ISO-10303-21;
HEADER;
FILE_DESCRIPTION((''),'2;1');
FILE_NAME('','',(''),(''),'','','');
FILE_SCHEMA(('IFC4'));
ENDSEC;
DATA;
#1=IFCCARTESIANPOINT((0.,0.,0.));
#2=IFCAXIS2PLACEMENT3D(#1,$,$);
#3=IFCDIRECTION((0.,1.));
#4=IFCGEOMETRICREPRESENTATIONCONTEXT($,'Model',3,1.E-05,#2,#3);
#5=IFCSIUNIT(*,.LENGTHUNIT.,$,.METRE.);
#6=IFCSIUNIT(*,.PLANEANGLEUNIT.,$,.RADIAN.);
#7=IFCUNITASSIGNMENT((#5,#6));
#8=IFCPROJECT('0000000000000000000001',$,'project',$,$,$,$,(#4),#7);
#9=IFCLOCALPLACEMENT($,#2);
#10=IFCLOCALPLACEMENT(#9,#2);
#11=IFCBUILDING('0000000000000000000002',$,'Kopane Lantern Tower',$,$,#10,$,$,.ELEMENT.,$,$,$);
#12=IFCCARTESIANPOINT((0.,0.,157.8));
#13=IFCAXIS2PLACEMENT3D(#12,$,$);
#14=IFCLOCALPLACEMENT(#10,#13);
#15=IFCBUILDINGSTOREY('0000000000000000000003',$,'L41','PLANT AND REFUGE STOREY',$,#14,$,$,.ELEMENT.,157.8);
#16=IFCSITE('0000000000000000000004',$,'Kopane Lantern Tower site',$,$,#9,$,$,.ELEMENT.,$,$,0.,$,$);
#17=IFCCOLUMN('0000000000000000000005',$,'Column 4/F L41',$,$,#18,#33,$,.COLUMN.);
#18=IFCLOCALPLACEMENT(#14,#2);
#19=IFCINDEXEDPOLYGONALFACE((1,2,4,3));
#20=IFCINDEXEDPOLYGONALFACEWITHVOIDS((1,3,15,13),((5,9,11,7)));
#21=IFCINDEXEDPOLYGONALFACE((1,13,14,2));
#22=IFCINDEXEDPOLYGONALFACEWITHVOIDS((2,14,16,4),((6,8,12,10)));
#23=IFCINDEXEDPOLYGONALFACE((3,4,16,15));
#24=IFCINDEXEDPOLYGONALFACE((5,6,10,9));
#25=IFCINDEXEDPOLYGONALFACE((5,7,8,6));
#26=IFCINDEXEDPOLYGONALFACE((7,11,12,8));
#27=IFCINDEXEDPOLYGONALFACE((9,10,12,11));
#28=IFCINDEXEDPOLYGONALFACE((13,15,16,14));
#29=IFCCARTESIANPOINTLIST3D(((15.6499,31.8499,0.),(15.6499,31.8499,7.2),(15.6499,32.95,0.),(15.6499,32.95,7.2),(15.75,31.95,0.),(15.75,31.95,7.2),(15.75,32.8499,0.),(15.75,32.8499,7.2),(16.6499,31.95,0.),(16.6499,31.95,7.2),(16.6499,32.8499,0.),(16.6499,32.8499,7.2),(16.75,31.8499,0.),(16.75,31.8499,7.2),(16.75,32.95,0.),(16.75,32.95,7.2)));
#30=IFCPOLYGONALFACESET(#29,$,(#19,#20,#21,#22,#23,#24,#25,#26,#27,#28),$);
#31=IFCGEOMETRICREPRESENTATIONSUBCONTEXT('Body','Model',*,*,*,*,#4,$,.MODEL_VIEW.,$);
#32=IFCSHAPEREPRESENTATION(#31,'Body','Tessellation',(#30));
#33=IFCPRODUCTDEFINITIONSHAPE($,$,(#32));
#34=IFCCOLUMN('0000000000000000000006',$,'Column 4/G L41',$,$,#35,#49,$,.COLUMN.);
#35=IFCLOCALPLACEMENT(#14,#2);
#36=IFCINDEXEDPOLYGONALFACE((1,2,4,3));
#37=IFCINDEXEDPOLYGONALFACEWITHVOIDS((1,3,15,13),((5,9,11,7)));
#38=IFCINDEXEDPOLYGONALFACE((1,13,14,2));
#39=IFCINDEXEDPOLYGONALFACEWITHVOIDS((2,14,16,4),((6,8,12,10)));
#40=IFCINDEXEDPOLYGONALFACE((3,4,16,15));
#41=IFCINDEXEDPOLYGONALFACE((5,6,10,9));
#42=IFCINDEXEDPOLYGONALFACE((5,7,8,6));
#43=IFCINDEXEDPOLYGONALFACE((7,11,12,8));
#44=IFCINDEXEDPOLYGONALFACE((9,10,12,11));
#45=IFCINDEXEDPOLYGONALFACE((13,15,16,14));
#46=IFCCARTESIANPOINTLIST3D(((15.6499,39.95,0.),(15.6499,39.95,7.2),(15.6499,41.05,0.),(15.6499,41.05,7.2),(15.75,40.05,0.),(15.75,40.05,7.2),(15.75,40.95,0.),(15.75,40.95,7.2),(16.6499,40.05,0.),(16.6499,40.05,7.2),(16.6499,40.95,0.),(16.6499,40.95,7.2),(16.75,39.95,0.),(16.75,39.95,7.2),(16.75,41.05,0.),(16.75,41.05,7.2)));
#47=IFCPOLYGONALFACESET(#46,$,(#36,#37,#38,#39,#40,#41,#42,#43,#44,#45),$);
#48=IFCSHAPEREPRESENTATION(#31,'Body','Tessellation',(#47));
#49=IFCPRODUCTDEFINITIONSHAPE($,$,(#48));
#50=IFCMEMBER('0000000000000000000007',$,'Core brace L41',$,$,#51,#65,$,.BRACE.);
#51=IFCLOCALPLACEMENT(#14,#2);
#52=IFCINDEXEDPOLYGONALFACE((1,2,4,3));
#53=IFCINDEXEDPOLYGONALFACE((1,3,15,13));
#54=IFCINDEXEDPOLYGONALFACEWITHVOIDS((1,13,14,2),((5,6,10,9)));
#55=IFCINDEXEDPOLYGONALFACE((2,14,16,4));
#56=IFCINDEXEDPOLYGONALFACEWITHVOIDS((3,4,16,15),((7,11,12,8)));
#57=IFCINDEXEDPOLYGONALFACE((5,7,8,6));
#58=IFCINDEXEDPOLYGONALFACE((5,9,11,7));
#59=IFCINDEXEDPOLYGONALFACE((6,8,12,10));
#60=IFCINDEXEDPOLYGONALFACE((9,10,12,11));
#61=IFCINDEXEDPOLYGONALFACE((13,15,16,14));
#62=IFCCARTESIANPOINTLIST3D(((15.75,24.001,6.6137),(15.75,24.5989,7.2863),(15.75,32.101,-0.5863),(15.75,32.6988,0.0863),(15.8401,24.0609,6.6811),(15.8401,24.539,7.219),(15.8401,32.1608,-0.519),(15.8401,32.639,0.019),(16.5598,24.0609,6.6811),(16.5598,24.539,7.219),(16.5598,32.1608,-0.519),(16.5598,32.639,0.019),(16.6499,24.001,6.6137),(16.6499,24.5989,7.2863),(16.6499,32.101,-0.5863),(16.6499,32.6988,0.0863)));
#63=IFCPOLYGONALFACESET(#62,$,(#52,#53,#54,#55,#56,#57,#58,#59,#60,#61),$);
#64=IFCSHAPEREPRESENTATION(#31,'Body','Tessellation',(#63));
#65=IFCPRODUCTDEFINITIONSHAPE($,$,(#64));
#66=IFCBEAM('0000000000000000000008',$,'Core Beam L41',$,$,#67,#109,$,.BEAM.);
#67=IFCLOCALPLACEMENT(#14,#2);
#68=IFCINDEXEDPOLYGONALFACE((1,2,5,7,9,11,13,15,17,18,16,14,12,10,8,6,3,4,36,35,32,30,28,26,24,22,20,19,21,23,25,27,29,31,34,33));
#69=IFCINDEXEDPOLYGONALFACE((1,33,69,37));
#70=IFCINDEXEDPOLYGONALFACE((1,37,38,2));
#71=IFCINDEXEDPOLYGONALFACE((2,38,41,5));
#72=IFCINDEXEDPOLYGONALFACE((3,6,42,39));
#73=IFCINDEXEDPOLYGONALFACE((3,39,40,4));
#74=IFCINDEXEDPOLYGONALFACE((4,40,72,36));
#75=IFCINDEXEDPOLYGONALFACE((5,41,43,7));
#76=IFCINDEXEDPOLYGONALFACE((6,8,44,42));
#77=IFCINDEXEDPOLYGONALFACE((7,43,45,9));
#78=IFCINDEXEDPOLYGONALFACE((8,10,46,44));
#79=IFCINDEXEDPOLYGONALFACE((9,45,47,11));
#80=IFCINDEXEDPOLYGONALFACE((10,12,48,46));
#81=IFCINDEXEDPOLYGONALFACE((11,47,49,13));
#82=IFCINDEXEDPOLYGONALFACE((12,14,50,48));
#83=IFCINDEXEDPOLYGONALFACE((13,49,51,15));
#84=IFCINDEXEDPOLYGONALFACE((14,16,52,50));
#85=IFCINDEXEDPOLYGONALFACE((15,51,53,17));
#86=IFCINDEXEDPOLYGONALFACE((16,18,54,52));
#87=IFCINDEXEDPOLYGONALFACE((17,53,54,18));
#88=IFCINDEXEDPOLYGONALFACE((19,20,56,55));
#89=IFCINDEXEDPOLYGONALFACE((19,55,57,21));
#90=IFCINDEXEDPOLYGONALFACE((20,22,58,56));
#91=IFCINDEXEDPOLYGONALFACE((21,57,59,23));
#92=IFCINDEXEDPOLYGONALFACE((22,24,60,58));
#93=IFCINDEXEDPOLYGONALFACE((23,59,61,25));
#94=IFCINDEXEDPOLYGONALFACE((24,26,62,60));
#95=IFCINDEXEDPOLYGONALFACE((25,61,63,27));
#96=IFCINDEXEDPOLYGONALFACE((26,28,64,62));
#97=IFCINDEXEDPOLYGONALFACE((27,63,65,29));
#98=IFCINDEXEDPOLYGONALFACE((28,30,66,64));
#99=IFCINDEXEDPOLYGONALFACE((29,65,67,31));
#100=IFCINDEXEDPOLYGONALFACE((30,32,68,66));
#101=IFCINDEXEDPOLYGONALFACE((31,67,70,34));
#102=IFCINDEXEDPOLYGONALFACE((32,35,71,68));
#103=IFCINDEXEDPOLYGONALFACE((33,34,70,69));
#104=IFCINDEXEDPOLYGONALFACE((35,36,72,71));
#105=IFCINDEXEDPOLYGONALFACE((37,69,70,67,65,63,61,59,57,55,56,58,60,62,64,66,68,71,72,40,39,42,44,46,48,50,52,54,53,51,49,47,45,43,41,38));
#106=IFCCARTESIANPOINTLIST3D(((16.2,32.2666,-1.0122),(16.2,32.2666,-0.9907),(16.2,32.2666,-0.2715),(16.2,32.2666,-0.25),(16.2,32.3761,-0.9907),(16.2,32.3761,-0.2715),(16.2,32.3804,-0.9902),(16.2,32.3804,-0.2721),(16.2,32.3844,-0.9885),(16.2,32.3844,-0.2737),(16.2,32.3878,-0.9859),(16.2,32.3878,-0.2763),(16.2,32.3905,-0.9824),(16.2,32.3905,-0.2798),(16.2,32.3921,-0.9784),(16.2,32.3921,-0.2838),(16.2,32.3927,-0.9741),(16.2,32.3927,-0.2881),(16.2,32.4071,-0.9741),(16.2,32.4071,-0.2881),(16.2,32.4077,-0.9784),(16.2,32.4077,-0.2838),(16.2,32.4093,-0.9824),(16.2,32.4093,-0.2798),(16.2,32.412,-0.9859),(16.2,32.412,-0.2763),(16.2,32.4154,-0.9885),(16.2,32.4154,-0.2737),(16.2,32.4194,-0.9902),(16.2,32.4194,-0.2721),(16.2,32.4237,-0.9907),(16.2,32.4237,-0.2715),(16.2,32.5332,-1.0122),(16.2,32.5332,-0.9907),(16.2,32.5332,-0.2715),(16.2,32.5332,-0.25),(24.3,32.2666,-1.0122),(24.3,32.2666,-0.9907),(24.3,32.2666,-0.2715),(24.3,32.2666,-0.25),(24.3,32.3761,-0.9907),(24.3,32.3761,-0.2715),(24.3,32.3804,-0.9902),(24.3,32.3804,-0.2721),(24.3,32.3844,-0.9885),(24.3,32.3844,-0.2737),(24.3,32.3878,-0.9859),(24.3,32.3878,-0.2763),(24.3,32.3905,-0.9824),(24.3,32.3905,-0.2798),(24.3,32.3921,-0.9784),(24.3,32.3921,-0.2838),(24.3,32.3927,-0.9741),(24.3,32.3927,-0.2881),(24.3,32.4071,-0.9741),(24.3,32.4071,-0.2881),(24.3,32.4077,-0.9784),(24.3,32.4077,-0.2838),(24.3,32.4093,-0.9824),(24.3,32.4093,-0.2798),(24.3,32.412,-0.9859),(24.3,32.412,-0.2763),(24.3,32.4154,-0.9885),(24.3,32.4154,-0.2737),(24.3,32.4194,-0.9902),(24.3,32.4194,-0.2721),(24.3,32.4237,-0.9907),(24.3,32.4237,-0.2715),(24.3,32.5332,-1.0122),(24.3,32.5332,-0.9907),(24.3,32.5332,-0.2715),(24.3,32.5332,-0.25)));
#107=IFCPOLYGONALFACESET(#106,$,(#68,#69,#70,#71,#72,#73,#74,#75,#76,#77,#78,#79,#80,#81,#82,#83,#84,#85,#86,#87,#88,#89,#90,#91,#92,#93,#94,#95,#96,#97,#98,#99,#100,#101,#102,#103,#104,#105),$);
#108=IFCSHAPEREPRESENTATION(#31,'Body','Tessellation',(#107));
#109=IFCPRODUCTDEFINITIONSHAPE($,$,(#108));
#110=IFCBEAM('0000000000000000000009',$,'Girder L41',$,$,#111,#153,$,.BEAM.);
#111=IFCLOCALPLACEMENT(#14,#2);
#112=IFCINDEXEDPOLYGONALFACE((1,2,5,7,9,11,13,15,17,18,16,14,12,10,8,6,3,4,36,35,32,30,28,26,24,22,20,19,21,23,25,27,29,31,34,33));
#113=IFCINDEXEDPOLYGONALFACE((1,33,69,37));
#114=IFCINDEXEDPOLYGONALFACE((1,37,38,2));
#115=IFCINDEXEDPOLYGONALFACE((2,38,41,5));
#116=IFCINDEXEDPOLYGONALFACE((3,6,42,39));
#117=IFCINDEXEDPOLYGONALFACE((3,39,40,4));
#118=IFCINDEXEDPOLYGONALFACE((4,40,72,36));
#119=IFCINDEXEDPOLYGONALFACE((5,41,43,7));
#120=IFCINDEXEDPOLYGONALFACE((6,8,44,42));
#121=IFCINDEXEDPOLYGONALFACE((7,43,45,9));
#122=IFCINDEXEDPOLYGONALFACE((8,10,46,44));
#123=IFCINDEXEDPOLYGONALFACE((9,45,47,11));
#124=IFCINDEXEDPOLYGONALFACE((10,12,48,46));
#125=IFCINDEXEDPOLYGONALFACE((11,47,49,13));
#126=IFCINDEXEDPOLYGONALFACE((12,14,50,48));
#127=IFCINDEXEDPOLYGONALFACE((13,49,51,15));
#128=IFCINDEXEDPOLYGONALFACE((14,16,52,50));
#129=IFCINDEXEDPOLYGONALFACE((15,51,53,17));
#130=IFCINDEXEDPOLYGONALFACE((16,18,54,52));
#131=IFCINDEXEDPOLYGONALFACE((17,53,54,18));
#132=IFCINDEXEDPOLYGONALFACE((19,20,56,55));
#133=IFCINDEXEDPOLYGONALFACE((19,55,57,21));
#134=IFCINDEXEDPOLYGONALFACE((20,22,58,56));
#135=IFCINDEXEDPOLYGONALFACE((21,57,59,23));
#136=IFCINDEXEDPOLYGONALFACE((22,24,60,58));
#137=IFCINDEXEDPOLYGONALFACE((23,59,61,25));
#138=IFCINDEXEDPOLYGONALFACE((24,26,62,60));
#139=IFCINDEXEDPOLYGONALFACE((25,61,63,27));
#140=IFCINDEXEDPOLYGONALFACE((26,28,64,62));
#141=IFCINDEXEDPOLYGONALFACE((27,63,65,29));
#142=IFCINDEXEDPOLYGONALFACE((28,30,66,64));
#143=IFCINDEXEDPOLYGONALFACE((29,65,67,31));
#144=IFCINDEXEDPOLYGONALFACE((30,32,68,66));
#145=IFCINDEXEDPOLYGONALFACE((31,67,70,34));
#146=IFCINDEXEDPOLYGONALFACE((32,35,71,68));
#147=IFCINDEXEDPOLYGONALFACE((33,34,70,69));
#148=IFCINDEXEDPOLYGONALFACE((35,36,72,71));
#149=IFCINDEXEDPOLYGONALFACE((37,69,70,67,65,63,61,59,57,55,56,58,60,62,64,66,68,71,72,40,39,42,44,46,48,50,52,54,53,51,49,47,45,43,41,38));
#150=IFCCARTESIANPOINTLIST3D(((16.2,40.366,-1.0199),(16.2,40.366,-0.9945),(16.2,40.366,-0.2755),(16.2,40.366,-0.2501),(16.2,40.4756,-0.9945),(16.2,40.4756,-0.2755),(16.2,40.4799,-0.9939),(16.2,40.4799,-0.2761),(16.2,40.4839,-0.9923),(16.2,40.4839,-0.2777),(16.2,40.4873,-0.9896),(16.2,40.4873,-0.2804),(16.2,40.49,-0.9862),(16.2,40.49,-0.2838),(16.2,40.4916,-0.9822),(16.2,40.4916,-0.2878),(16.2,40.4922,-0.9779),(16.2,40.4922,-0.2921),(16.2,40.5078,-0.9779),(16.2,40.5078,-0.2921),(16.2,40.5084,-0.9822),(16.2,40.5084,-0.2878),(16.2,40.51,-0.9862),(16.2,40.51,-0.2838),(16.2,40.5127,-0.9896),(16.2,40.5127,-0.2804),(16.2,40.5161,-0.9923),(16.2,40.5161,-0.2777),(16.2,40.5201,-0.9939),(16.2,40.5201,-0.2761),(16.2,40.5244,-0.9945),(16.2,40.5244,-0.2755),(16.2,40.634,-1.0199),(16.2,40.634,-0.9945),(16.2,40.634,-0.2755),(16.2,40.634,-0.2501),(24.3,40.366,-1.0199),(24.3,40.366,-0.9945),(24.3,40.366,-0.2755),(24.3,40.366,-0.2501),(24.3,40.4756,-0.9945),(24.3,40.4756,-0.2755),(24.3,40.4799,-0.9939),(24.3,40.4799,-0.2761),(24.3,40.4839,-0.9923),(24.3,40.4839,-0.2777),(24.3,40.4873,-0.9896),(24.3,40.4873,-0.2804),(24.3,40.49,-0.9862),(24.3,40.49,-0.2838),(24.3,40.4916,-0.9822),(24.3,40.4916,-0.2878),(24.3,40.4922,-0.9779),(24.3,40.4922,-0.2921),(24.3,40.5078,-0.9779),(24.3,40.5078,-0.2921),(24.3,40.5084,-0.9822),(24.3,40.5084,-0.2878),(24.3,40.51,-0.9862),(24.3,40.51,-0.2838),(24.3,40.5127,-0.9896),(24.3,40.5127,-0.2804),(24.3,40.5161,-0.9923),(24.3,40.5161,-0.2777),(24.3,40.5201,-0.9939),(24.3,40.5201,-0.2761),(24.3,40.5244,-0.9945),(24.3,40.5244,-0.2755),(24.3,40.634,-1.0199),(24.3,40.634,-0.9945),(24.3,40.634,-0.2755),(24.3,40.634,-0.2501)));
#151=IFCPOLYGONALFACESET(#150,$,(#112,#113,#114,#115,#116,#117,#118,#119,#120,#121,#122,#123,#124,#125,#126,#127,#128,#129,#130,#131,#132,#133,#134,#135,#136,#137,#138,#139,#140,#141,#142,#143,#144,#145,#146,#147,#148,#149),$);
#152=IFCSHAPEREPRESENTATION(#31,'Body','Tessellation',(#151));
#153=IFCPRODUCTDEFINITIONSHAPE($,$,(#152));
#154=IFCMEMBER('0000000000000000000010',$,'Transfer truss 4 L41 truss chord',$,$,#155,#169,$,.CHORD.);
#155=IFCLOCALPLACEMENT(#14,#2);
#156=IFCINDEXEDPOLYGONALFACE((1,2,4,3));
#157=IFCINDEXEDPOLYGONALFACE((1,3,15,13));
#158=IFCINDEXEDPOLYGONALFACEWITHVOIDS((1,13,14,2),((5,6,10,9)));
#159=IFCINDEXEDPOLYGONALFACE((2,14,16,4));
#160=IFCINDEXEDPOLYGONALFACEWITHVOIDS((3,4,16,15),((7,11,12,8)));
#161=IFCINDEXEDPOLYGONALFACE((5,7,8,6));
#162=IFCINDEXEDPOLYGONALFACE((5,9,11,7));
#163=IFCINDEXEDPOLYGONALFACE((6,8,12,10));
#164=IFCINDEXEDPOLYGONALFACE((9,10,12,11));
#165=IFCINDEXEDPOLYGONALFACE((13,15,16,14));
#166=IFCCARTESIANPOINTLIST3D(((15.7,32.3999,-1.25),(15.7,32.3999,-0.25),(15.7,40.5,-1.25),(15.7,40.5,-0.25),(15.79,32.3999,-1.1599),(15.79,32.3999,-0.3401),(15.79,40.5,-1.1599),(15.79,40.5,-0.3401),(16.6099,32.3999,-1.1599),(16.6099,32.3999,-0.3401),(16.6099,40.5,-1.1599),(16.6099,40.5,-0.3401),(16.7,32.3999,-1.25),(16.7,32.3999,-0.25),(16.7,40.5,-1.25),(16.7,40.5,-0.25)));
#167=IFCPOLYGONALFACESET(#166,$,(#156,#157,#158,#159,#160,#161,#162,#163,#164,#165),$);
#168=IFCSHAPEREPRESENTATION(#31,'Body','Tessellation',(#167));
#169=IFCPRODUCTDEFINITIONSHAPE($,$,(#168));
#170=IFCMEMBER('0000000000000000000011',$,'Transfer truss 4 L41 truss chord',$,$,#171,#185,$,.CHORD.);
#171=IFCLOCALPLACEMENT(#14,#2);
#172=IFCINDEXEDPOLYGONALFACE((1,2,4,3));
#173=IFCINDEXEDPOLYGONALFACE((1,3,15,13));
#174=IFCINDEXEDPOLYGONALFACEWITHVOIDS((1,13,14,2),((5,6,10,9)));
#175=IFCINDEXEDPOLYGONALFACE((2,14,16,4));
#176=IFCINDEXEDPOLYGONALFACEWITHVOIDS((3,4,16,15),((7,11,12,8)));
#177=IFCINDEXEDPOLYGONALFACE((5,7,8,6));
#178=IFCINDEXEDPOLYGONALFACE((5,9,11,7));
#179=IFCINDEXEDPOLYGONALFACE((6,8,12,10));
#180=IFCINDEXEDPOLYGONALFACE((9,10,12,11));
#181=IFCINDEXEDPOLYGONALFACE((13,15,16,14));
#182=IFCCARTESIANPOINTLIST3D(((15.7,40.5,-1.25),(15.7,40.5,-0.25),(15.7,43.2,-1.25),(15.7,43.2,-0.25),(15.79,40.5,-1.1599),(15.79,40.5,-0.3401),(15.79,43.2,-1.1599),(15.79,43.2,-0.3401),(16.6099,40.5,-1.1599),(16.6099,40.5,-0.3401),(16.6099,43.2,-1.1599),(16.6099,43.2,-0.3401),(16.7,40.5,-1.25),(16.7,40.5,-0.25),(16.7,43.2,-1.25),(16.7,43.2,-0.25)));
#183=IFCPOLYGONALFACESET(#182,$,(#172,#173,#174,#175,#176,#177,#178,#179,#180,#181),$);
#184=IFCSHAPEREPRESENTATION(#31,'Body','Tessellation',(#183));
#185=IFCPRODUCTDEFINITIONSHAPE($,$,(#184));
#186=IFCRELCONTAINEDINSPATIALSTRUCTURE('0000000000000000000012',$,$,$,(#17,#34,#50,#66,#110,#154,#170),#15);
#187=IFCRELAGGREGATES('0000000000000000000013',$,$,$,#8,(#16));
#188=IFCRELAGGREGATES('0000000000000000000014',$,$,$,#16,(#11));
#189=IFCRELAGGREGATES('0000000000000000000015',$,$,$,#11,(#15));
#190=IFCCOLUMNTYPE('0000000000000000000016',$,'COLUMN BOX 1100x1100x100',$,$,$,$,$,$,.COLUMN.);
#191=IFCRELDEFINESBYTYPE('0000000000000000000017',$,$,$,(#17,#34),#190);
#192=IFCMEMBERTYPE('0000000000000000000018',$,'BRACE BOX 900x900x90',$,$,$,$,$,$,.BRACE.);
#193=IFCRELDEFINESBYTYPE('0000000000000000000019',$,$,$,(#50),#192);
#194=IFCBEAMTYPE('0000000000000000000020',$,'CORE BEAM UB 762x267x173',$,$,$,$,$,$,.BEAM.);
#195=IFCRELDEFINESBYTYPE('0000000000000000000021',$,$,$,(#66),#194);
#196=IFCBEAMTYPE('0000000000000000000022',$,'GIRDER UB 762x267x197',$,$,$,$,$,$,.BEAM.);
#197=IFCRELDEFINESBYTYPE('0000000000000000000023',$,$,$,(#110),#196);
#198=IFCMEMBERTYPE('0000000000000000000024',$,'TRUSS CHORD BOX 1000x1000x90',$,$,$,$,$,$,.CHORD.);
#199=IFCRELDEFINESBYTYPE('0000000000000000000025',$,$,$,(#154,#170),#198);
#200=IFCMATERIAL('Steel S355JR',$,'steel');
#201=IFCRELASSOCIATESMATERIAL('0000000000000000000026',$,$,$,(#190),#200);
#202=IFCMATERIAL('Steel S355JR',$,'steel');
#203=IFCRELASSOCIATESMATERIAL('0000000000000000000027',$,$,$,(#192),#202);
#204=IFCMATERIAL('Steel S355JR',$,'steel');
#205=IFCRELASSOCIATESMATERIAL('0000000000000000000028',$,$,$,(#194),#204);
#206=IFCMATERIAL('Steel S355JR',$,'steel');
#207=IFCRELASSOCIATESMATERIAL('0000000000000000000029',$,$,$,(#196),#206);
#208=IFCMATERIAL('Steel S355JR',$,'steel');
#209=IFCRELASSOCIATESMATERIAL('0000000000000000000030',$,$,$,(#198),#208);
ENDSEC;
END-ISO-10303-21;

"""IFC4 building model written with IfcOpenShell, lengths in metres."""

from ifc_helpers import new_model, si_unit, direction, frame, origin, origin_2d, place, context, subcontext, project, spatial, hollow_rectangle, i_section, extrude, material, material_profile, profile_set, type_object, element, save


model = new_model("IFC4")

# Units and contexts
model_context = context("Model", 3, precision=1e-05, world=origin(), true_north=direction((0.0, 1.0)))
body_context = subcontext(model_context, "Body", "Model", "MODEL_VIEW")
ifc_project = project(units=[si_unit("LENGTHUNIT", "METRE"), si_unit("PLANEANGLEUNIT", "RADIAN")], contexts=[model_context])

# Site, building, storey
site_placement = place(None, origin())
site = spatial("IfcSite", under=ifc_project, at=site_placement, Name="Kopane Lantern Tower site", CompositionType="ELEMENT", RefElevation=0.0)
building_placement = place(site_placement, origin())
building = spatial("IfcBuilding", under=site, at=building_placement, Name="Kopane Lantern Tower", CompositionType="ELEMENT")
storey_placement = place(building_placement, frame((0.0, 0.0, 157.8)))
storey = spatial("IfcBuildingStorey", under=building, at=storey_placement, Name="L41", Description="PLANT AND REFUGE STOREY", CompositionType="ELEMENT", Elevation=157.8)

# Columns
ifc_material_1 = material(Name="Steel S355JR", Category="steel")
ifc_material_profile_1 = material_profile(ifc_material_1, hollow_rectangle(XDim=1.1001, YDim=1.1001, WallThickness=0.1001, at=origin_2d()), Name="BOX 1100x1100x100")
ifc_profile_set_1 = profile_set([ifc_material_profile_1], Name="Steel S355JR")
column_type = type_object("IfcColumnType", Name="COLUMN BOX 1100x1100x100", PredefinedType="COLUMN", material=ifc_profile_set_1)
for number, where, z_axis, x_axis, name in (
    (1, (16.2, 32.3999, 0.0), (0.0, 0.0, 1.0), (1.0, 0.0, 0.0), "Column 4/F L41"),
    (2, (16.2, 40.5, 0.0), (0.0, 0.0, 1.0), (1.0, 0.0, 0.0), "Column 4/G L41"),
):
    element("IfcColumn", number, at=place(storey_placement, frame(where, z_axis=z_axis, x_axis=x_axis)), inside=storey, type_object=column_type, Name=name, PredefinedType="COLUMN", context=body_context, shape_type="SweptSolid", body=[
        extrude(hollow_rectangle(XDim=1.1001, YDim=1.1001, WallThickness=0.1001, at=origin_2d()), origin(), (0.0, 0.0, 1.0), 7.2),
    ])

# Member
ifc_material_2 = material(Name="Steel S355JR", Category="steel")
ifc_material_profile_2 = material_profile(ifc_material_2, hollow_rectangle(XDim=0.8999, YDim=0.8999, WallThickness=0.0901, at=origin_2d()), Name="BOX 900x900x90")
ifc_profile_set_2 = profile_set([ifc_material_profile_2], Name="Steel S355JR")
member_type_1 = type_object("IfcMemberType", Name="BRACE BOX 900x900x90", PredefinedType="BRACE", material=ifc_profile_set_2)
member_1_placement = place(storey_placement, frame((16.2, 32.3999, -0.25), z_axis=(0.0, -0.747406, 0.664368), x_axis=(1.0, 0.0, 0.0)))
element("IfcMember", 3, at=member_1_placement, inside=storey, type_object=member_type_1, Name="Core brace L41", PredefinedType="BRACE", context=body_context, shape_type="SweptSolid", body=[
    extrude(hollow_rectangle(XDim=0.8999, YDim=0.8999, WallThickness=0.0901, at=origin_2d()), origin(), (0.0, 0.0, 1.0), 10.8374),
])

# Beams
ifc_material_3 = material(Name="Steel S355JR", Category="steel")
ifc_material_profile_3 = material_profile(ifc_material_3, i_section(OverallWidth=0.2666, OverallDepth=0.7622, WebThickness=0.0144, FlangeThickness=0.0215, FilletRadius=0.0166, at=origin_2d()), Name="UB 762x267x173")
ifc_profile_set_3 = profile_set([ifc_material_profile_3], Name="Steel S355JR")
beam_type_1 = type_object("IfcBeamType", Name="CORE BEAM UB 762x267x173", PredefinedType="BEAM", material=ifc_profile_set_3)
beam_1_placement = place(storey_placement, frame((16.2, 32.3999, -0.6311), z_axis=(1.0, 0.0, 0.0), x_axis=(0.0, 1.0, 0.0)))
element("IfcBeam", 4, at=beam_1_placement, inside=storey, type_object=beam_type_1, Name="Core Beam L41", PredefinedType="BEAM", context=body_context, shape_type="SweptSolid", body=[
    extrude(i_section(OverallWidth=0.2666, OverallDepth=0.7622, WebThickness=0.0144, FlangeThickness=0.0215, FilletRadius=0.0166, at=origin_2d()), origin(), (0.0, 0.0, 1.0), 8.1001),
])
ifc_material_4 = material(Name="Steel S355JR", Category="steel")
ifc_material_profile_4 = material_profile(ifc_material_4, i_section(OverallWidth=0.2681, OverallDepth=0.7698, WebThickness=0.0156, FlangeThickness=0.0254, FilletRadius=0.0166, at=origin_2d()), Name="UB 762x267x197")
ifc_profile_set_4 = profile_set([ifc_material_profile_4], Name="Steel S355JR")
beam_type_2 = type_object("IfcBeamType", Name="GIRDER UB 762x267x197", PredefinedType="BEAM", material=ifc_profile_set_4)
beam_2_placement = place(storey_placement, frame((16.2, 40.5, -0.635), z_axis=(1.0, 0.0, 0.0), x_axis=(0.0, 1.0, 0.0)))
element("IfcBeam", 5, at=beam_2_placement, inside=storey, type_object=beam_type_2, Name="Girder L41", PredefinedType="BEAM", context=body_context, shape_type="SweptSolid", body=[
    extrude(i_section(OverallWidth=0.2681, OverallDepth=0.7698, WebThickness=0.0156, FlangeThickness=0.0254, FilletRadius=0.0166, at=origin_2d()), origin(), (0.0, 0.0, 1.0), 8.1001),
])

# Members
ifc_material_5 = material(Name="Steel S355JR", Category="steel")
ifc_material_profile_5 = material_profile(ifc_material_5, hollow_rectangle(XDim=1.0, YDim=1.0, WallThickness=0.0901, at=origin_2d()), Name="BOX 1000x1000x90")
ifc_profile_set_5 = profile_set([ifc_material_profile_5], Name="Steel S355JR")
member_type_2 = type_object("IfcMemberType", Name="TRUSS CHORD BOX 1000x1000x90", PredefinedType="CHORD", material=ifc_profile_set_5)
member_2_placement = place(storey_placement, frame((16.2, 32.3999, -0.75), z_axis=(0.0, 1.0, 0.0), x_axis=(-1.0, 0.0, 0.0)))
element("IfcMember", 6, at=member_2_placement, inside=storey, type_object=member_type_2, Name="Transfer truss 4 L41 truss chord", PredefinedType="CHORD", context=body_context, shape_type="SweptSolid", body=[
    extrude(hollow_rectangle(XDim=1.0, YDim=1.0, WallThickness=0.0901, at=origin_2d()), origin(), (0.0, 0.0, 1.0), 8.1001),
])
member_3_placement = place(storey_placement, frame((16.2, 40.5, -0.75), z_axis=(0.0, 1.0, 0.0), x_axis=(-1.0, 0.0, 0.0)))
element("IfcMember", 7, at=member_3_placement, inside=storey, type_object=member_type_2, Name="Transfer truss 4 L41 truss chord", PredefinedType="CHORD", context=body_context, shape_type="SweptSolid", body=[
    extrude(hollow_rectangle(XDim=1.0, YDim=1.0, WallThickness=0.0901, at=origin_2d()), origin(), (0.0, 0.0, 1.0), 2.7),
])

save(model, "model.ifc")
